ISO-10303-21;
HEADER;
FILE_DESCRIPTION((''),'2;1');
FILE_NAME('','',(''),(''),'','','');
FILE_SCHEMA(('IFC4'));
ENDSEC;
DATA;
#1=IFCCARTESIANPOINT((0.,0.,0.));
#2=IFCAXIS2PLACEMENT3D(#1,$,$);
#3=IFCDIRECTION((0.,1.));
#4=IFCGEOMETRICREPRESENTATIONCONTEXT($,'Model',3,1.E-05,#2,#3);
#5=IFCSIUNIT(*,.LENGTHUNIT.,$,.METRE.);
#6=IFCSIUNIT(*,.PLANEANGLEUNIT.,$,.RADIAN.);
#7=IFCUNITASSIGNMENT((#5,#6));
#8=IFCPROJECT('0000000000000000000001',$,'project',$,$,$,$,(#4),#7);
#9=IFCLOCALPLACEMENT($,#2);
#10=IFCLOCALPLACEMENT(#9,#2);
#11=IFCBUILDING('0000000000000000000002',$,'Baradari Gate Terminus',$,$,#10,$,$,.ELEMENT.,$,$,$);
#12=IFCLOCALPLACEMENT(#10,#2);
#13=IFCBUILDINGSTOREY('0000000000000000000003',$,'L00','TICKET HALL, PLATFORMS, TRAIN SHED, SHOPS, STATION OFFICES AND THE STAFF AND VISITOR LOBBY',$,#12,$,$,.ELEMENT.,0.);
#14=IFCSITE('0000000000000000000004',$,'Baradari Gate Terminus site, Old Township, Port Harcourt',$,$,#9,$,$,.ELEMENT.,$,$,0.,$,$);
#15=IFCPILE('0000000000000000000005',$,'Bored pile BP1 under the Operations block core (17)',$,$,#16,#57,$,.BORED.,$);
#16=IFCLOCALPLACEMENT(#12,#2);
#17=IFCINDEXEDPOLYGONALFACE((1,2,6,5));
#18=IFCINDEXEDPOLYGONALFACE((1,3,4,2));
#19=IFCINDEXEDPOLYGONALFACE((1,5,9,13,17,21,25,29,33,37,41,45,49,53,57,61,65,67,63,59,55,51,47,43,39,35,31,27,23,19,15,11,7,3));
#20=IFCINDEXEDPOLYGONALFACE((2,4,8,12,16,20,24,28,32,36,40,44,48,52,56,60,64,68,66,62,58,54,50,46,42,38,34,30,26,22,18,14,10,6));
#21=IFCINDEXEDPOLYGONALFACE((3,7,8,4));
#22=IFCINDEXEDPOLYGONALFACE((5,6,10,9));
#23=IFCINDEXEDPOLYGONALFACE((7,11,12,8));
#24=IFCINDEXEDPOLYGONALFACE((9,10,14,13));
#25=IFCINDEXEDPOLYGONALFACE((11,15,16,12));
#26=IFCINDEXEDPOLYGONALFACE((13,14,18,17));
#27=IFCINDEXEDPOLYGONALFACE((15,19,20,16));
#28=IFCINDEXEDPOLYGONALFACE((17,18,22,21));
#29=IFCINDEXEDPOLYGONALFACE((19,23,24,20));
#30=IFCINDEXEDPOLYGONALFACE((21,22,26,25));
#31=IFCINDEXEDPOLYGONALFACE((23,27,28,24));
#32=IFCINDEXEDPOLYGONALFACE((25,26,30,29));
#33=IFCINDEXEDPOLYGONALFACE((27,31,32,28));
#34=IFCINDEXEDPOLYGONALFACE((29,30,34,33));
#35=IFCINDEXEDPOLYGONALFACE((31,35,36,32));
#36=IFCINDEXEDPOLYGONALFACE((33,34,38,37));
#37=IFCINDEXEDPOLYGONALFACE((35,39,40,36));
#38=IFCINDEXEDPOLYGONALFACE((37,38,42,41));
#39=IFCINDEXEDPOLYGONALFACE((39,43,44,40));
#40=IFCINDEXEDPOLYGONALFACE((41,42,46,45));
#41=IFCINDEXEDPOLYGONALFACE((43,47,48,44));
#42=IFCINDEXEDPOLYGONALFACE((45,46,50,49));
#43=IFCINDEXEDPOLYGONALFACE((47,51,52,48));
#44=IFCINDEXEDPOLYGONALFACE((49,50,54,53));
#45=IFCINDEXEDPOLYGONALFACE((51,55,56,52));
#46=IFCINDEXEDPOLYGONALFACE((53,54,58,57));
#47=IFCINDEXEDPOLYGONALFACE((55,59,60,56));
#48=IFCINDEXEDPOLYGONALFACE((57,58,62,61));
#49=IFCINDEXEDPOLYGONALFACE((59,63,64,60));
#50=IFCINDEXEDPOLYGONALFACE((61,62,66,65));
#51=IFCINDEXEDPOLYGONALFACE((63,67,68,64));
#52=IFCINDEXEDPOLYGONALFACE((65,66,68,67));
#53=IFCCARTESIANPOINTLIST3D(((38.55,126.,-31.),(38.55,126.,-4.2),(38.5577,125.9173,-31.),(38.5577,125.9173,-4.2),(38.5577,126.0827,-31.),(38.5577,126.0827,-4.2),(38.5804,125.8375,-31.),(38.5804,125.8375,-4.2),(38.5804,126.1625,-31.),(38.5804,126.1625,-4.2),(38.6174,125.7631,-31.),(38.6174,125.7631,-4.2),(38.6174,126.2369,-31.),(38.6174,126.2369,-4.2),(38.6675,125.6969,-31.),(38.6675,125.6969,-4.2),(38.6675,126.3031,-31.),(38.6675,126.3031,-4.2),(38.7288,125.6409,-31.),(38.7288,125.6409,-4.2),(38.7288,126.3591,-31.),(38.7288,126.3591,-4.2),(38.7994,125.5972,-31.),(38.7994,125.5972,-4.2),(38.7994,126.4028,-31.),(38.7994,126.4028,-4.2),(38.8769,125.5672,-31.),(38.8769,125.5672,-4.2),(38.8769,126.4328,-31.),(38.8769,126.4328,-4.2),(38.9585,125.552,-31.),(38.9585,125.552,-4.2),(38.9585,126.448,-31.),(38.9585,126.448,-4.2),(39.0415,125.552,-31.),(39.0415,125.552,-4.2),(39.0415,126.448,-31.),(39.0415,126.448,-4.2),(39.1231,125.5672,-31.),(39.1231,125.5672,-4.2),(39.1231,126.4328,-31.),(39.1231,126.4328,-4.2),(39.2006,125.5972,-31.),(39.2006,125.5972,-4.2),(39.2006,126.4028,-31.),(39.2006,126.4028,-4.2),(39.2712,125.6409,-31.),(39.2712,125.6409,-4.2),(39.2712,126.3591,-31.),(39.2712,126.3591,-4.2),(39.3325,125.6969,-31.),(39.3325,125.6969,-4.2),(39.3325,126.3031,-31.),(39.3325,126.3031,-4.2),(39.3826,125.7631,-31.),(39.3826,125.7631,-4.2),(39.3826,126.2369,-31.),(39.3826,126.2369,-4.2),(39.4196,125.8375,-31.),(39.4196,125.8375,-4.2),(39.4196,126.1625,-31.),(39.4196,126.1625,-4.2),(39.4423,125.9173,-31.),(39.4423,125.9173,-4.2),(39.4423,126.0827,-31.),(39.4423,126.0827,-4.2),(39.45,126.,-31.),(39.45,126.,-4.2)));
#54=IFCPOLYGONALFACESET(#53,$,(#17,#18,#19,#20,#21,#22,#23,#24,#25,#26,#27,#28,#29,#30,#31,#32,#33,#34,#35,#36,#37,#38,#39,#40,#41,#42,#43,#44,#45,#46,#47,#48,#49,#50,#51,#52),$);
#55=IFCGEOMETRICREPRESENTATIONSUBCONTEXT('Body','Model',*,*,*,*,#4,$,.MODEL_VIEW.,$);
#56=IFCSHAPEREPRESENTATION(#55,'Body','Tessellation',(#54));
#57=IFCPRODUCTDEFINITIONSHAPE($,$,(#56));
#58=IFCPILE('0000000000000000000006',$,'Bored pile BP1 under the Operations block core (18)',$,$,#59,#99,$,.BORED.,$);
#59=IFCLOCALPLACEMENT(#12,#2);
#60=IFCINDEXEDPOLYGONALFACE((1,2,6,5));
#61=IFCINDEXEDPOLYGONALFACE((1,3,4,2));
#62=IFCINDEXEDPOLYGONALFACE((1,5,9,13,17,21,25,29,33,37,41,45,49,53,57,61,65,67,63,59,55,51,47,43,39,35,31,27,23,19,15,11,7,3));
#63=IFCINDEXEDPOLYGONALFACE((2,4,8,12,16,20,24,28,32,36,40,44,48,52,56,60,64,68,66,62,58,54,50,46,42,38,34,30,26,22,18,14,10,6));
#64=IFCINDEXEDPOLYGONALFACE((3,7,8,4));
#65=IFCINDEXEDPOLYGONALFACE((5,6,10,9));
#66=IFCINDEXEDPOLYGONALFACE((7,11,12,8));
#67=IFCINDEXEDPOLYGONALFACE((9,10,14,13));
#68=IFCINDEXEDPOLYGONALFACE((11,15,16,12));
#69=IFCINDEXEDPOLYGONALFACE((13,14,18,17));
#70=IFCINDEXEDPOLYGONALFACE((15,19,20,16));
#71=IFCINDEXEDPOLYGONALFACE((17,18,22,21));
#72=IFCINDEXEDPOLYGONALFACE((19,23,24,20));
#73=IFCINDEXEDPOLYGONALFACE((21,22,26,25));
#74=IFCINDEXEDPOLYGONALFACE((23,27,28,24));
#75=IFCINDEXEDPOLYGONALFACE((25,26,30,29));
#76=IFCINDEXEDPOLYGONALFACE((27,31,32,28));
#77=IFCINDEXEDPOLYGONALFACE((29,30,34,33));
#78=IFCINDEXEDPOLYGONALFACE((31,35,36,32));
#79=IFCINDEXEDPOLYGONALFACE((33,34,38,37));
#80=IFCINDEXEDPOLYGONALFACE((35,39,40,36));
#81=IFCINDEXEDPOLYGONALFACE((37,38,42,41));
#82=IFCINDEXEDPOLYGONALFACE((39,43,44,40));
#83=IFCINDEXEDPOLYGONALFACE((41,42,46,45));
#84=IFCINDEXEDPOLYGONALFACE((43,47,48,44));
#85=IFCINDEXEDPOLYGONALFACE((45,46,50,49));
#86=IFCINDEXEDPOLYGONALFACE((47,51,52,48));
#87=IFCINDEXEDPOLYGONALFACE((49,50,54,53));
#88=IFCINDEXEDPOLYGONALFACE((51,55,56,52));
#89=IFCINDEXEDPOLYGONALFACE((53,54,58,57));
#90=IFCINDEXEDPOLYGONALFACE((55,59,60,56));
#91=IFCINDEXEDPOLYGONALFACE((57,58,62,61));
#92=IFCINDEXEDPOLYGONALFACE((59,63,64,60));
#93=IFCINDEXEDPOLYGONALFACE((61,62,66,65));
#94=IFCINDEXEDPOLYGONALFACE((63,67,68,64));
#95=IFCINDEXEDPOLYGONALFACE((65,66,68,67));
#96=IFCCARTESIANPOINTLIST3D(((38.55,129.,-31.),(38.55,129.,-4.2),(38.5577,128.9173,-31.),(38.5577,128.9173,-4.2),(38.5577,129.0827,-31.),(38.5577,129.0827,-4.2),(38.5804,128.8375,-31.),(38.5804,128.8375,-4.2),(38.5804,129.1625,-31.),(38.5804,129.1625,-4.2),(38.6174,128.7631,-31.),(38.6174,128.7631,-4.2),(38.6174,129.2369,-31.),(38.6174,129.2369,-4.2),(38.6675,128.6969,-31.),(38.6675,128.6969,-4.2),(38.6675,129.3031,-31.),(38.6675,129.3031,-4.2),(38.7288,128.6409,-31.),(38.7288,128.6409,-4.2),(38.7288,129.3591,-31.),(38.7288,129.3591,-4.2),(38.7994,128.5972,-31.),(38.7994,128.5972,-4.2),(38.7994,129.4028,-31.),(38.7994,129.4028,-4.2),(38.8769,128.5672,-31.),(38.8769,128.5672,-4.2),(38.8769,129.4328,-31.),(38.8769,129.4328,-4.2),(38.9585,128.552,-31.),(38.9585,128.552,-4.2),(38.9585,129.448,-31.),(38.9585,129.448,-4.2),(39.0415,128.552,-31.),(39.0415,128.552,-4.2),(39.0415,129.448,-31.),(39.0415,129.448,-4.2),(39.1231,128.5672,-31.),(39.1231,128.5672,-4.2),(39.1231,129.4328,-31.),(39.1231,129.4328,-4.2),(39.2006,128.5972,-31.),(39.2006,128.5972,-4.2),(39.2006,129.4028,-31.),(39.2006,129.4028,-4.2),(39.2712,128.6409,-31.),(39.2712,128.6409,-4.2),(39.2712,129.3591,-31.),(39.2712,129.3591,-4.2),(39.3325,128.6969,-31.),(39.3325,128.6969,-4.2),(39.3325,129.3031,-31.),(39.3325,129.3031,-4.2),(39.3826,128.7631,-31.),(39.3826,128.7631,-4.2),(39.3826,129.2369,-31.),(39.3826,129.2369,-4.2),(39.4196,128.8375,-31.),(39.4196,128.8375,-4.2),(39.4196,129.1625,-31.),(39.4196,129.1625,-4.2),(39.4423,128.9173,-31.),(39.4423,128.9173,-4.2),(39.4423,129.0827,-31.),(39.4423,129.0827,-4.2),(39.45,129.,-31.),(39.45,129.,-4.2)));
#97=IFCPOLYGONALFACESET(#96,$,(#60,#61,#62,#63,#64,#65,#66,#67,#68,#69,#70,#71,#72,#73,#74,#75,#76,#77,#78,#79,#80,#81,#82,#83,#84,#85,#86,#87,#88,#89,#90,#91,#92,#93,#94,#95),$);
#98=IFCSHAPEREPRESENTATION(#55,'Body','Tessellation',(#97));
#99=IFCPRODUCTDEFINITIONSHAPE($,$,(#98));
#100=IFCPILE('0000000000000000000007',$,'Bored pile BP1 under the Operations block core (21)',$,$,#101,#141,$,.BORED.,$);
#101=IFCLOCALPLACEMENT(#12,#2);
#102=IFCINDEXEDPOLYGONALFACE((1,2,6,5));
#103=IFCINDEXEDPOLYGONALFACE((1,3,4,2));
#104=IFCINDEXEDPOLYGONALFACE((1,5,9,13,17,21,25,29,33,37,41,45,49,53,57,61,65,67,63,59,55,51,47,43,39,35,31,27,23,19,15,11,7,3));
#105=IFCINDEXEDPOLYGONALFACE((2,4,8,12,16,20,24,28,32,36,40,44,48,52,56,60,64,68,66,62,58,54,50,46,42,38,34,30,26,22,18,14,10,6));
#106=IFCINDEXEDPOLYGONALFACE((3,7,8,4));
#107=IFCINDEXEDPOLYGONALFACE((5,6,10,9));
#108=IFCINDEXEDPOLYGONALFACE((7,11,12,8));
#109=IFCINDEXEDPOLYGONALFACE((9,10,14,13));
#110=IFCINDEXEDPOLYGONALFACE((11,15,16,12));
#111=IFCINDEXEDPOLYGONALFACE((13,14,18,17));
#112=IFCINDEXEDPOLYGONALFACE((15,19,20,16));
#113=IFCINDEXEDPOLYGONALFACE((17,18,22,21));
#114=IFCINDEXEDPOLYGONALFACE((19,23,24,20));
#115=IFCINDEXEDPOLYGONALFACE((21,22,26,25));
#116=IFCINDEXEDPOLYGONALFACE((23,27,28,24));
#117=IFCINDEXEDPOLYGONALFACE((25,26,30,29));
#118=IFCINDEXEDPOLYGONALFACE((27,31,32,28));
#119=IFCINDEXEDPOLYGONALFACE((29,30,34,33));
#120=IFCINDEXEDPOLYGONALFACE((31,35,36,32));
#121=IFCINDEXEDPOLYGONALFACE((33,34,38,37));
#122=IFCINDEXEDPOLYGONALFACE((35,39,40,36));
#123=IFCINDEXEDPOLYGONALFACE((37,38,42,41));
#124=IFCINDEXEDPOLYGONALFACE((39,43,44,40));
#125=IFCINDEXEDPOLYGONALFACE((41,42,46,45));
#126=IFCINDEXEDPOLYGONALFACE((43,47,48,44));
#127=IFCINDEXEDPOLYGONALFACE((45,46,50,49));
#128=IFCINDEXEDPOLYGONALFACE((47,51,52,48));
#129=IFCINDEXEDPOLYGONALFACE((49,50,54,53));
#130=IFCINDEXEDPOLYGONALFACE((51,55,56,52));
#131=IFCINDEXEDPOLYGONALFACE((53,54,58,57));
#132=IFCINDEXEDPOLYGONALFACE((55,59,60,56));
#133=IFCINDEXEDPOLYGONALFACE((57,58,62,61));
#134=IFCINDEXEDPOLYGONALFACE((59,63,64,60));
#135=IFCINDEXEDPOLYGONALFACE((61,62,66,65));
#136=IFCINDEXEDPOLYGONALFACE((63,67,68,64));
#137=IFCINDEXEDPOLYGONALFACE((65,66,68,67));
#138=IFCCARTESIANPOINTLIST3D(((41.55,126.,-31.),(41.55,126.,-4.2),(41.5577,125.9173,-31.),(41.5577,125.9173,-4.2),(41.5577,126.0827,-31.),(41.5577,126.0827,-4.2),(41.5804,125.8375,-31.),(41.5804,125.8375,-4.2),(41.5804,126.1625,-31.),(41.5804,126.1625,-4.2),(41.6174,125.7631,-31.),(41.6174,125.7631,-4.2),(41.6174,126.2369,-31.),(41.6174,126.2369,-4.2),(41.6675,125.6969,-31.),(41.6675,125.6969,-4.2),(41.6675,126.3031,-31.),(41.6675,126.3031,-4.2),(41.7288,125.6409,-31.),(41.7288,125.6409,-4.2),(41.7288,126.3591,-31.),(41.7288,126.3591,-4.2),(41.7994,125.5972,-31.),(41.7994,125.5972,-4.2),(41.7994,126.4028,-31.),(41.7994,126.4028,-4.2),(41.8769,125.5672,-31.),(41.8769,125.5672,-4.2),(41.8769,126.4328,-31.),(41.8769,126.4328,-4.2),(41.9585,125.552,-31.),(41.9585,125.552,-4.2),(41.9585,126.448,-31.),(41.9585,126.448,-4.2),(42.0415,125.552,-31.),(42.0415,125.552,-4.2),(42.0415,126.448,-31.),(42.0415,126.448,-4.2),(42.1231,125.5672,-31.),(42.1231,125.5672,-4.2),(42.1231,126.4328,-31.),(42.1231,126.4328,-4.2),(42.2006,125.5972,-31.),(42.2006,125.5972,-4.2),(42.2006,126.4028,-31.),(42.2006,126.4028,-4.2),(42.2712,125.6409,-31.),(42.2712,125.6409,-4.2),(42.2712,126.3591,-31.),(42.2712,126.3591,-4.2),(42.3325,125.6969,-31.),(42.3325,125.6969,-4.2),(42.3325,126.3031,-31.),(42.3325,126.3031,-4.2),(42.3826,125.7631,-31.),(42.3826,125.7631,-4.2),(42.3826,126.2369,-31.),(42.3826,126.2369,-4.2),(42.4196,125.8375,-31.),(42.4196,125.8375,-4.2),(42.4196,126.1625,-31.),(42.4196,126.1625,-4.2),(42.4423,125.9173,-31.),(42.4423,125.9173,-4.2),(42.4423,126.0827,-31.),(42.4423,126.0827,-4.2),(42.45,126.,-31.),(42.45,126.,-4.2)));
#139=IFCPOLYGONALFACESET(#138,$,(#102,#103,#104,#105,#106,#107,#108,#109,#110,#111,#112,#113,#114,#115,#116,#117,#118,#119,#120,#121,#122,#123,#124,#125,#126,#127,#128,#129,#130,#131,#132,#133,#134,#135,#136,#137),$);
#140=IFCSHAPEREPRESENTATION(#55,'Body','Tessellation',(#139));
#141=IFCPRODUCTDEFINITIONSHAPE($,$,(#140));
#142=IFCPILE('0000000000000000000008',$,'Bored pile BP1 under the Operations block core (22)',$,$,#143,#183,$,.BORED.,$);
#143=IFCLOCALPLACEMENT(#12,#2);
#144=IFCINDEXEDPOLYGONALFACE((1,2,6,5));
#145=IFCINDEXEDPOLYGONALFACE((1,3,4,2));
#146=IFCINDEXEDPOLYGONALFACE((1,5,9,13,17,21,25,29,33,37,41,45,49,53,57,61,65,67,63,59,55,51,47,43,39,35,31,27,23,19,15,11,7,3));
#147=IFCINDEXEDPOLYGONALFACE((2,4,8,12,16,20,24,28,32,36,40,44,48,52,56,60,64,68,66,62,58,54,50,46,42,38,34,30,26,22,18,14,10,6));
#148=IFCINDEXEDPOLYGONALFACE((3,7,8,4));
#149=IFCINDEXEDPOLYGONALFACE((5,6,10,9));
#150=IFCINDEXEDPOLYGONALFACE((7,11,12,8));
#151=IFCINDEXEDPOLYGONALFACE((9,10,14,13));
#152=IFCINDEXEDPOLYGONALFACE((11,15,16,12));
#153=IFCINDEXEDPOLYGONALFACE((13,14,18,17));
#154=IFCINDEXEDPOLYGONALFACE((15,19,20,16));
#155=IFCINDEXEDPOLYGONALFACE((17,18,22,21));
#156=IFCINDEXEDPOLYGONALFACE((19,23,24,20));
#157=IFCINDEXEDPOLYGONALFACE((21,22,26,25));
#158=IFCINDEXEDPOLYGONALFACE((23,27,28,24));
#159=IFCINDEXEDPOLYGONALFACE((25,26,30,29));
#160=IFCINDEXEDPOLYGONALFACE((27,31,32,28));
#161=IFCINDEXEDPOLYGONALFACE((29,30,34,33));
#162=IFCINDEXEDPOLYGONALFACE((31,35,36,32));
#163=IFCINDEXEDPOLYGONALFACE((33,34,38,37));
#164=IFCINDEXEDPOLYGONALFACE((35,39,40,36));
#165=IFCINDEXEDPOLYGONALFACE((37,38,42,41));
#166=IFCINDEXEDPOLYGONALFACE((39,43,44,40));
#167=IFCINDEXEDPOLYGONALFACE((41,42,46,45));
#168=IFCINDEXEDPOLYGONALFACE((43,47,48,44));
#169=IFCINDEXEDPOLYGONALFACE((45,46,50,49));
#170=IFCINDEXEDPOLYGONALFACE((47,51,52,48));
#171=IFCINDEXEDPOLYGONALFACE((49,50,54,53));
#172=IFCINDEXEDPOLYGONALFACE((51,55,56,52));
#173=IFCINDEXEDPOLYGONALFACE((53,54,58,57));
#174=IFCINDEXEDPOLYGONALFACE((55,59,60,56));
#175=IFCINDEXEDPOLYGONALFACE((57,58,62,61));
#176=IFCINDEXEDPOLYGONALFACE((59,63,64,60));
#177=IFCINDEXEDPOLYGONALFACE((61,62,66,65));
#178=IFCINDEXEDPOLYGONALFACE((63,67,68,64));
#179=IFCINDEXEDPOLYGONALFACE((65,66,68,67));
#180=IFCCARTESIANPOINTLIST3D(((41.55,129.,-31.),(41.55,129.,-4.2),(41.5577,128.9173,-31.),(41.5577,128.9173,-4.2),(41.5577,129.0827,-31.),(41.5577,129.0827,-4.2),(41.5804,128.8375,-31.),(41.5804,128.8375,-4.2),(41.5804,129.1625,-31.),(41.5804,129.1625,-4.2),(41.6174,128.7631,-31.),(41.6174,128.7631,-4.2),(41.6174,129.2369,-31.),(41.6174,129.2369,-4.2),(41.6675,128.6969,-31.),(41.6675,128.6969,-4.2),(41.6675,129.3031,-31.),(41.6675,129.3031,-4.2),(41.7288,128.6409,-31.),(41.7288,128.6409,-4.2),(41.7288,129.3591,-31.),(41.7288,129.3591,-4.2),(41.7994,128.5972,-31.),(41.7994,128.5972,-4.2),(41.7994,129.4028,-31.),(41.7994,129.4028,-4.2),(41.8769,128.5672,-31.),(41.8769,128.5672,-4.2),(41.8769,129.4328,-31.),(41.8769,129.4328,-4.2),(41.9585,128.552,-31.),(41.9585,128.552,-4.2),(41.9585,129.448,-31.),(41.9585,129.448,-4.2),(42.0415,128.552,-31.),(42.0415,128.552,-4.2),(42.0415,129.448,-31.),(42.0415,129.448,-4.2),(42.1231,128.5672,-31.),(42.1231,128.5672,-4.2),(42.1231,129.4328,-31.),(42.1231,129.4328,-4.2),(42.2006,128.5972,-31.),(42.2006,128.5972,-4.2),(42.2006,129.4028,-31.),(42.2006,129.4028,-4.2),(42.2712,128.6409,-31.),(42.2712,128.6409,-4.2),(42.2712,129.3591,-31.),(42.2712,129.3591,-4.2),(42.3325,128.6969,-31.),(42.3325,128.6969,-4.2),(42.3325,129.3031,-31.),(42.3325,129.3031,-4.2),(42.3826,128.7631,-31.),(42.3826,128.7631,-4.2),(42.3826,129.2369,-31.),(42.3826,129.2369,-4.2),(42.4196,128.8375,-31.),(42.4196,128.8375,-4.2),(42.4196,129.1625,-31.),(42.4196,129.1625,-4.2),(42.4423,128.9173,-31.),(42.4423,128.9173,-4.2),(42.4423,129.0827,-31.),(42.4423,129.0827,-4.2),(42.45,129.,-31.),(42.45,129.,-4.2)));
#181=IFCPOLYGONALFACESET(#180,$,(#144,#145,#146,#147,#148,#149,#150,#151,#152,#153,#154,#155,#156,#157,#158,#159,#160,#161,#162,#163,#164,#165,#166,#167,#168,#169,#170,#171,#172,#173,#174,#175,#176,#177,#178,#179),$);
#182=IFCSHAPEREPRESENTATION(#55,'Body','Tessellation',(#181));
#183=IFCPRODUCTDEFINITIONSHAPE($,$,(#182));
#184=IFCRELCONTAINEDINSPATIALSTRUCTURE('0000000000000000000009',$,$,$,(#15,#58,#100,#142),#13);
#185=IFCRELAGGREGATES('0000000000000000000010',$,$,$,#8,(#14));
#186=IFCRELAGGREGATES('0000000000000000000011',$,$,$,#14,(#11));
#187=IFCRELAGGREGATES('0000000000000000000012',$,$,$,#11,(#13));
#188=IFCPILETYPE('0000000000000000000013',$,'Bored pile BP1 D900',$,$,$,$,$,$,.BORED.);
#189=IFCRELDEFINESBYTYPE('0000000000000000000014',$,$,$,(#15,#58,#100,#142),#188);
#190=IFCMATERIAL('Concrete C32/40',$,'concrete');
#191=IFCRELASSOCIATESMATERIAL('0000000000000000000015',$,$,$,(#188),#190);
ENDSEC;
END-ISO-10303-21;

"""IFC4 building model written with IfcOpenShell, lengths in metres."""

from ifc_helpers import new_model, si_unit, direction, frame, origin, origin_2d, place, context, subcontext, project, spatial, circle, extrude, material, type_object, element, save


model = new_model("IFC4")

# Units and contexts
model_context = context("Model", 3, precision=1e-05, world=origin(), true_north=direction((0.0, 1.0)))
body_context = subcontext(model_context, "Body", "Model", "MODEL_VIEW")
ifc_project = project(units=[si_unit("LENGTHUNIT", "METRE"), si_unit("PLANEANGLEUNIT", "RADIAN")], contexts=[model_context])

# Site, building, storey
site_placement = place(None, origin())
site = spatial("IfcSite", under=ifc_project, at=site_placement, Name="Baradari Gate Terminus site, Old Township, Port Harcourt", CompositionType="ELEMENT", RefElevation=0.0)
building_placement = place(site_placement, origin())
building = spatial("IfcBuilding", under=site, at=building_placement, Name="Baradari Gate Terminus", CompositionType="ELEMENT")
storey_placement = place(building_placement, origin())
storey = spatial("IfcBuildingStorey", under=building, at=storey_placement, Name="L00", Description="TICKET HALL, PLATFORMS, TRAIN SHED, SHOPS, STATION OFFICES AND THE STAFF AND VISITOR LOBBY", CompositionType="ELEMENT", Elevation=0.0)

# Piles
ifc_material_1 = material(Name="Concrete C32/40", Category="concrete")
pile_type = type_object("IfcPileType", Name="Bored pile BP1 D900", PredefinedType="BORED", material=ifc_material_1)
for number, where, z_axis, x_axis, name in (
    (1, (39.0, 126.0, -4.2), (0.0, 0.0, -1.0), (1.0, 0.0, 0.0), "Bored pile BP1 under the Operations block core (17)"),
    (2, (39.0, 129.0, -4.2), (0.0, 0.0, -1.0), (1.0, 0.0, 0.0), "Bored pile BP1 under the Operations block core (18)"),
    (3, (42.0, 126.0, -4.2), (0.0, 0.0, -1.0), (1.0, 0.0, 0.0), "Bored pile BP1 under the Operations block core (21)"),
    (4, (42.0, 129.0, -4.2), (0.0, 0.0, -1.0), (1.0, 0.0, 0.0), "Bored pile BP1 under the Operations block core (22)"),
):
    element("IfcPile", number, at=place(storey_placement, frame(where, z_axis=z_axis, x_axis=x_axis)), inside=storey, type_object=pile_type, Name=name, PredefinedType="BORED", context=body_context, shape_type="SweptSolid", body=[
        extrude(circle(Radius=0.45, at=origin_2d()), origin(), (0.0, 0.0, 1.0), 26.8),
    ])

save(model, "model.ifc")
